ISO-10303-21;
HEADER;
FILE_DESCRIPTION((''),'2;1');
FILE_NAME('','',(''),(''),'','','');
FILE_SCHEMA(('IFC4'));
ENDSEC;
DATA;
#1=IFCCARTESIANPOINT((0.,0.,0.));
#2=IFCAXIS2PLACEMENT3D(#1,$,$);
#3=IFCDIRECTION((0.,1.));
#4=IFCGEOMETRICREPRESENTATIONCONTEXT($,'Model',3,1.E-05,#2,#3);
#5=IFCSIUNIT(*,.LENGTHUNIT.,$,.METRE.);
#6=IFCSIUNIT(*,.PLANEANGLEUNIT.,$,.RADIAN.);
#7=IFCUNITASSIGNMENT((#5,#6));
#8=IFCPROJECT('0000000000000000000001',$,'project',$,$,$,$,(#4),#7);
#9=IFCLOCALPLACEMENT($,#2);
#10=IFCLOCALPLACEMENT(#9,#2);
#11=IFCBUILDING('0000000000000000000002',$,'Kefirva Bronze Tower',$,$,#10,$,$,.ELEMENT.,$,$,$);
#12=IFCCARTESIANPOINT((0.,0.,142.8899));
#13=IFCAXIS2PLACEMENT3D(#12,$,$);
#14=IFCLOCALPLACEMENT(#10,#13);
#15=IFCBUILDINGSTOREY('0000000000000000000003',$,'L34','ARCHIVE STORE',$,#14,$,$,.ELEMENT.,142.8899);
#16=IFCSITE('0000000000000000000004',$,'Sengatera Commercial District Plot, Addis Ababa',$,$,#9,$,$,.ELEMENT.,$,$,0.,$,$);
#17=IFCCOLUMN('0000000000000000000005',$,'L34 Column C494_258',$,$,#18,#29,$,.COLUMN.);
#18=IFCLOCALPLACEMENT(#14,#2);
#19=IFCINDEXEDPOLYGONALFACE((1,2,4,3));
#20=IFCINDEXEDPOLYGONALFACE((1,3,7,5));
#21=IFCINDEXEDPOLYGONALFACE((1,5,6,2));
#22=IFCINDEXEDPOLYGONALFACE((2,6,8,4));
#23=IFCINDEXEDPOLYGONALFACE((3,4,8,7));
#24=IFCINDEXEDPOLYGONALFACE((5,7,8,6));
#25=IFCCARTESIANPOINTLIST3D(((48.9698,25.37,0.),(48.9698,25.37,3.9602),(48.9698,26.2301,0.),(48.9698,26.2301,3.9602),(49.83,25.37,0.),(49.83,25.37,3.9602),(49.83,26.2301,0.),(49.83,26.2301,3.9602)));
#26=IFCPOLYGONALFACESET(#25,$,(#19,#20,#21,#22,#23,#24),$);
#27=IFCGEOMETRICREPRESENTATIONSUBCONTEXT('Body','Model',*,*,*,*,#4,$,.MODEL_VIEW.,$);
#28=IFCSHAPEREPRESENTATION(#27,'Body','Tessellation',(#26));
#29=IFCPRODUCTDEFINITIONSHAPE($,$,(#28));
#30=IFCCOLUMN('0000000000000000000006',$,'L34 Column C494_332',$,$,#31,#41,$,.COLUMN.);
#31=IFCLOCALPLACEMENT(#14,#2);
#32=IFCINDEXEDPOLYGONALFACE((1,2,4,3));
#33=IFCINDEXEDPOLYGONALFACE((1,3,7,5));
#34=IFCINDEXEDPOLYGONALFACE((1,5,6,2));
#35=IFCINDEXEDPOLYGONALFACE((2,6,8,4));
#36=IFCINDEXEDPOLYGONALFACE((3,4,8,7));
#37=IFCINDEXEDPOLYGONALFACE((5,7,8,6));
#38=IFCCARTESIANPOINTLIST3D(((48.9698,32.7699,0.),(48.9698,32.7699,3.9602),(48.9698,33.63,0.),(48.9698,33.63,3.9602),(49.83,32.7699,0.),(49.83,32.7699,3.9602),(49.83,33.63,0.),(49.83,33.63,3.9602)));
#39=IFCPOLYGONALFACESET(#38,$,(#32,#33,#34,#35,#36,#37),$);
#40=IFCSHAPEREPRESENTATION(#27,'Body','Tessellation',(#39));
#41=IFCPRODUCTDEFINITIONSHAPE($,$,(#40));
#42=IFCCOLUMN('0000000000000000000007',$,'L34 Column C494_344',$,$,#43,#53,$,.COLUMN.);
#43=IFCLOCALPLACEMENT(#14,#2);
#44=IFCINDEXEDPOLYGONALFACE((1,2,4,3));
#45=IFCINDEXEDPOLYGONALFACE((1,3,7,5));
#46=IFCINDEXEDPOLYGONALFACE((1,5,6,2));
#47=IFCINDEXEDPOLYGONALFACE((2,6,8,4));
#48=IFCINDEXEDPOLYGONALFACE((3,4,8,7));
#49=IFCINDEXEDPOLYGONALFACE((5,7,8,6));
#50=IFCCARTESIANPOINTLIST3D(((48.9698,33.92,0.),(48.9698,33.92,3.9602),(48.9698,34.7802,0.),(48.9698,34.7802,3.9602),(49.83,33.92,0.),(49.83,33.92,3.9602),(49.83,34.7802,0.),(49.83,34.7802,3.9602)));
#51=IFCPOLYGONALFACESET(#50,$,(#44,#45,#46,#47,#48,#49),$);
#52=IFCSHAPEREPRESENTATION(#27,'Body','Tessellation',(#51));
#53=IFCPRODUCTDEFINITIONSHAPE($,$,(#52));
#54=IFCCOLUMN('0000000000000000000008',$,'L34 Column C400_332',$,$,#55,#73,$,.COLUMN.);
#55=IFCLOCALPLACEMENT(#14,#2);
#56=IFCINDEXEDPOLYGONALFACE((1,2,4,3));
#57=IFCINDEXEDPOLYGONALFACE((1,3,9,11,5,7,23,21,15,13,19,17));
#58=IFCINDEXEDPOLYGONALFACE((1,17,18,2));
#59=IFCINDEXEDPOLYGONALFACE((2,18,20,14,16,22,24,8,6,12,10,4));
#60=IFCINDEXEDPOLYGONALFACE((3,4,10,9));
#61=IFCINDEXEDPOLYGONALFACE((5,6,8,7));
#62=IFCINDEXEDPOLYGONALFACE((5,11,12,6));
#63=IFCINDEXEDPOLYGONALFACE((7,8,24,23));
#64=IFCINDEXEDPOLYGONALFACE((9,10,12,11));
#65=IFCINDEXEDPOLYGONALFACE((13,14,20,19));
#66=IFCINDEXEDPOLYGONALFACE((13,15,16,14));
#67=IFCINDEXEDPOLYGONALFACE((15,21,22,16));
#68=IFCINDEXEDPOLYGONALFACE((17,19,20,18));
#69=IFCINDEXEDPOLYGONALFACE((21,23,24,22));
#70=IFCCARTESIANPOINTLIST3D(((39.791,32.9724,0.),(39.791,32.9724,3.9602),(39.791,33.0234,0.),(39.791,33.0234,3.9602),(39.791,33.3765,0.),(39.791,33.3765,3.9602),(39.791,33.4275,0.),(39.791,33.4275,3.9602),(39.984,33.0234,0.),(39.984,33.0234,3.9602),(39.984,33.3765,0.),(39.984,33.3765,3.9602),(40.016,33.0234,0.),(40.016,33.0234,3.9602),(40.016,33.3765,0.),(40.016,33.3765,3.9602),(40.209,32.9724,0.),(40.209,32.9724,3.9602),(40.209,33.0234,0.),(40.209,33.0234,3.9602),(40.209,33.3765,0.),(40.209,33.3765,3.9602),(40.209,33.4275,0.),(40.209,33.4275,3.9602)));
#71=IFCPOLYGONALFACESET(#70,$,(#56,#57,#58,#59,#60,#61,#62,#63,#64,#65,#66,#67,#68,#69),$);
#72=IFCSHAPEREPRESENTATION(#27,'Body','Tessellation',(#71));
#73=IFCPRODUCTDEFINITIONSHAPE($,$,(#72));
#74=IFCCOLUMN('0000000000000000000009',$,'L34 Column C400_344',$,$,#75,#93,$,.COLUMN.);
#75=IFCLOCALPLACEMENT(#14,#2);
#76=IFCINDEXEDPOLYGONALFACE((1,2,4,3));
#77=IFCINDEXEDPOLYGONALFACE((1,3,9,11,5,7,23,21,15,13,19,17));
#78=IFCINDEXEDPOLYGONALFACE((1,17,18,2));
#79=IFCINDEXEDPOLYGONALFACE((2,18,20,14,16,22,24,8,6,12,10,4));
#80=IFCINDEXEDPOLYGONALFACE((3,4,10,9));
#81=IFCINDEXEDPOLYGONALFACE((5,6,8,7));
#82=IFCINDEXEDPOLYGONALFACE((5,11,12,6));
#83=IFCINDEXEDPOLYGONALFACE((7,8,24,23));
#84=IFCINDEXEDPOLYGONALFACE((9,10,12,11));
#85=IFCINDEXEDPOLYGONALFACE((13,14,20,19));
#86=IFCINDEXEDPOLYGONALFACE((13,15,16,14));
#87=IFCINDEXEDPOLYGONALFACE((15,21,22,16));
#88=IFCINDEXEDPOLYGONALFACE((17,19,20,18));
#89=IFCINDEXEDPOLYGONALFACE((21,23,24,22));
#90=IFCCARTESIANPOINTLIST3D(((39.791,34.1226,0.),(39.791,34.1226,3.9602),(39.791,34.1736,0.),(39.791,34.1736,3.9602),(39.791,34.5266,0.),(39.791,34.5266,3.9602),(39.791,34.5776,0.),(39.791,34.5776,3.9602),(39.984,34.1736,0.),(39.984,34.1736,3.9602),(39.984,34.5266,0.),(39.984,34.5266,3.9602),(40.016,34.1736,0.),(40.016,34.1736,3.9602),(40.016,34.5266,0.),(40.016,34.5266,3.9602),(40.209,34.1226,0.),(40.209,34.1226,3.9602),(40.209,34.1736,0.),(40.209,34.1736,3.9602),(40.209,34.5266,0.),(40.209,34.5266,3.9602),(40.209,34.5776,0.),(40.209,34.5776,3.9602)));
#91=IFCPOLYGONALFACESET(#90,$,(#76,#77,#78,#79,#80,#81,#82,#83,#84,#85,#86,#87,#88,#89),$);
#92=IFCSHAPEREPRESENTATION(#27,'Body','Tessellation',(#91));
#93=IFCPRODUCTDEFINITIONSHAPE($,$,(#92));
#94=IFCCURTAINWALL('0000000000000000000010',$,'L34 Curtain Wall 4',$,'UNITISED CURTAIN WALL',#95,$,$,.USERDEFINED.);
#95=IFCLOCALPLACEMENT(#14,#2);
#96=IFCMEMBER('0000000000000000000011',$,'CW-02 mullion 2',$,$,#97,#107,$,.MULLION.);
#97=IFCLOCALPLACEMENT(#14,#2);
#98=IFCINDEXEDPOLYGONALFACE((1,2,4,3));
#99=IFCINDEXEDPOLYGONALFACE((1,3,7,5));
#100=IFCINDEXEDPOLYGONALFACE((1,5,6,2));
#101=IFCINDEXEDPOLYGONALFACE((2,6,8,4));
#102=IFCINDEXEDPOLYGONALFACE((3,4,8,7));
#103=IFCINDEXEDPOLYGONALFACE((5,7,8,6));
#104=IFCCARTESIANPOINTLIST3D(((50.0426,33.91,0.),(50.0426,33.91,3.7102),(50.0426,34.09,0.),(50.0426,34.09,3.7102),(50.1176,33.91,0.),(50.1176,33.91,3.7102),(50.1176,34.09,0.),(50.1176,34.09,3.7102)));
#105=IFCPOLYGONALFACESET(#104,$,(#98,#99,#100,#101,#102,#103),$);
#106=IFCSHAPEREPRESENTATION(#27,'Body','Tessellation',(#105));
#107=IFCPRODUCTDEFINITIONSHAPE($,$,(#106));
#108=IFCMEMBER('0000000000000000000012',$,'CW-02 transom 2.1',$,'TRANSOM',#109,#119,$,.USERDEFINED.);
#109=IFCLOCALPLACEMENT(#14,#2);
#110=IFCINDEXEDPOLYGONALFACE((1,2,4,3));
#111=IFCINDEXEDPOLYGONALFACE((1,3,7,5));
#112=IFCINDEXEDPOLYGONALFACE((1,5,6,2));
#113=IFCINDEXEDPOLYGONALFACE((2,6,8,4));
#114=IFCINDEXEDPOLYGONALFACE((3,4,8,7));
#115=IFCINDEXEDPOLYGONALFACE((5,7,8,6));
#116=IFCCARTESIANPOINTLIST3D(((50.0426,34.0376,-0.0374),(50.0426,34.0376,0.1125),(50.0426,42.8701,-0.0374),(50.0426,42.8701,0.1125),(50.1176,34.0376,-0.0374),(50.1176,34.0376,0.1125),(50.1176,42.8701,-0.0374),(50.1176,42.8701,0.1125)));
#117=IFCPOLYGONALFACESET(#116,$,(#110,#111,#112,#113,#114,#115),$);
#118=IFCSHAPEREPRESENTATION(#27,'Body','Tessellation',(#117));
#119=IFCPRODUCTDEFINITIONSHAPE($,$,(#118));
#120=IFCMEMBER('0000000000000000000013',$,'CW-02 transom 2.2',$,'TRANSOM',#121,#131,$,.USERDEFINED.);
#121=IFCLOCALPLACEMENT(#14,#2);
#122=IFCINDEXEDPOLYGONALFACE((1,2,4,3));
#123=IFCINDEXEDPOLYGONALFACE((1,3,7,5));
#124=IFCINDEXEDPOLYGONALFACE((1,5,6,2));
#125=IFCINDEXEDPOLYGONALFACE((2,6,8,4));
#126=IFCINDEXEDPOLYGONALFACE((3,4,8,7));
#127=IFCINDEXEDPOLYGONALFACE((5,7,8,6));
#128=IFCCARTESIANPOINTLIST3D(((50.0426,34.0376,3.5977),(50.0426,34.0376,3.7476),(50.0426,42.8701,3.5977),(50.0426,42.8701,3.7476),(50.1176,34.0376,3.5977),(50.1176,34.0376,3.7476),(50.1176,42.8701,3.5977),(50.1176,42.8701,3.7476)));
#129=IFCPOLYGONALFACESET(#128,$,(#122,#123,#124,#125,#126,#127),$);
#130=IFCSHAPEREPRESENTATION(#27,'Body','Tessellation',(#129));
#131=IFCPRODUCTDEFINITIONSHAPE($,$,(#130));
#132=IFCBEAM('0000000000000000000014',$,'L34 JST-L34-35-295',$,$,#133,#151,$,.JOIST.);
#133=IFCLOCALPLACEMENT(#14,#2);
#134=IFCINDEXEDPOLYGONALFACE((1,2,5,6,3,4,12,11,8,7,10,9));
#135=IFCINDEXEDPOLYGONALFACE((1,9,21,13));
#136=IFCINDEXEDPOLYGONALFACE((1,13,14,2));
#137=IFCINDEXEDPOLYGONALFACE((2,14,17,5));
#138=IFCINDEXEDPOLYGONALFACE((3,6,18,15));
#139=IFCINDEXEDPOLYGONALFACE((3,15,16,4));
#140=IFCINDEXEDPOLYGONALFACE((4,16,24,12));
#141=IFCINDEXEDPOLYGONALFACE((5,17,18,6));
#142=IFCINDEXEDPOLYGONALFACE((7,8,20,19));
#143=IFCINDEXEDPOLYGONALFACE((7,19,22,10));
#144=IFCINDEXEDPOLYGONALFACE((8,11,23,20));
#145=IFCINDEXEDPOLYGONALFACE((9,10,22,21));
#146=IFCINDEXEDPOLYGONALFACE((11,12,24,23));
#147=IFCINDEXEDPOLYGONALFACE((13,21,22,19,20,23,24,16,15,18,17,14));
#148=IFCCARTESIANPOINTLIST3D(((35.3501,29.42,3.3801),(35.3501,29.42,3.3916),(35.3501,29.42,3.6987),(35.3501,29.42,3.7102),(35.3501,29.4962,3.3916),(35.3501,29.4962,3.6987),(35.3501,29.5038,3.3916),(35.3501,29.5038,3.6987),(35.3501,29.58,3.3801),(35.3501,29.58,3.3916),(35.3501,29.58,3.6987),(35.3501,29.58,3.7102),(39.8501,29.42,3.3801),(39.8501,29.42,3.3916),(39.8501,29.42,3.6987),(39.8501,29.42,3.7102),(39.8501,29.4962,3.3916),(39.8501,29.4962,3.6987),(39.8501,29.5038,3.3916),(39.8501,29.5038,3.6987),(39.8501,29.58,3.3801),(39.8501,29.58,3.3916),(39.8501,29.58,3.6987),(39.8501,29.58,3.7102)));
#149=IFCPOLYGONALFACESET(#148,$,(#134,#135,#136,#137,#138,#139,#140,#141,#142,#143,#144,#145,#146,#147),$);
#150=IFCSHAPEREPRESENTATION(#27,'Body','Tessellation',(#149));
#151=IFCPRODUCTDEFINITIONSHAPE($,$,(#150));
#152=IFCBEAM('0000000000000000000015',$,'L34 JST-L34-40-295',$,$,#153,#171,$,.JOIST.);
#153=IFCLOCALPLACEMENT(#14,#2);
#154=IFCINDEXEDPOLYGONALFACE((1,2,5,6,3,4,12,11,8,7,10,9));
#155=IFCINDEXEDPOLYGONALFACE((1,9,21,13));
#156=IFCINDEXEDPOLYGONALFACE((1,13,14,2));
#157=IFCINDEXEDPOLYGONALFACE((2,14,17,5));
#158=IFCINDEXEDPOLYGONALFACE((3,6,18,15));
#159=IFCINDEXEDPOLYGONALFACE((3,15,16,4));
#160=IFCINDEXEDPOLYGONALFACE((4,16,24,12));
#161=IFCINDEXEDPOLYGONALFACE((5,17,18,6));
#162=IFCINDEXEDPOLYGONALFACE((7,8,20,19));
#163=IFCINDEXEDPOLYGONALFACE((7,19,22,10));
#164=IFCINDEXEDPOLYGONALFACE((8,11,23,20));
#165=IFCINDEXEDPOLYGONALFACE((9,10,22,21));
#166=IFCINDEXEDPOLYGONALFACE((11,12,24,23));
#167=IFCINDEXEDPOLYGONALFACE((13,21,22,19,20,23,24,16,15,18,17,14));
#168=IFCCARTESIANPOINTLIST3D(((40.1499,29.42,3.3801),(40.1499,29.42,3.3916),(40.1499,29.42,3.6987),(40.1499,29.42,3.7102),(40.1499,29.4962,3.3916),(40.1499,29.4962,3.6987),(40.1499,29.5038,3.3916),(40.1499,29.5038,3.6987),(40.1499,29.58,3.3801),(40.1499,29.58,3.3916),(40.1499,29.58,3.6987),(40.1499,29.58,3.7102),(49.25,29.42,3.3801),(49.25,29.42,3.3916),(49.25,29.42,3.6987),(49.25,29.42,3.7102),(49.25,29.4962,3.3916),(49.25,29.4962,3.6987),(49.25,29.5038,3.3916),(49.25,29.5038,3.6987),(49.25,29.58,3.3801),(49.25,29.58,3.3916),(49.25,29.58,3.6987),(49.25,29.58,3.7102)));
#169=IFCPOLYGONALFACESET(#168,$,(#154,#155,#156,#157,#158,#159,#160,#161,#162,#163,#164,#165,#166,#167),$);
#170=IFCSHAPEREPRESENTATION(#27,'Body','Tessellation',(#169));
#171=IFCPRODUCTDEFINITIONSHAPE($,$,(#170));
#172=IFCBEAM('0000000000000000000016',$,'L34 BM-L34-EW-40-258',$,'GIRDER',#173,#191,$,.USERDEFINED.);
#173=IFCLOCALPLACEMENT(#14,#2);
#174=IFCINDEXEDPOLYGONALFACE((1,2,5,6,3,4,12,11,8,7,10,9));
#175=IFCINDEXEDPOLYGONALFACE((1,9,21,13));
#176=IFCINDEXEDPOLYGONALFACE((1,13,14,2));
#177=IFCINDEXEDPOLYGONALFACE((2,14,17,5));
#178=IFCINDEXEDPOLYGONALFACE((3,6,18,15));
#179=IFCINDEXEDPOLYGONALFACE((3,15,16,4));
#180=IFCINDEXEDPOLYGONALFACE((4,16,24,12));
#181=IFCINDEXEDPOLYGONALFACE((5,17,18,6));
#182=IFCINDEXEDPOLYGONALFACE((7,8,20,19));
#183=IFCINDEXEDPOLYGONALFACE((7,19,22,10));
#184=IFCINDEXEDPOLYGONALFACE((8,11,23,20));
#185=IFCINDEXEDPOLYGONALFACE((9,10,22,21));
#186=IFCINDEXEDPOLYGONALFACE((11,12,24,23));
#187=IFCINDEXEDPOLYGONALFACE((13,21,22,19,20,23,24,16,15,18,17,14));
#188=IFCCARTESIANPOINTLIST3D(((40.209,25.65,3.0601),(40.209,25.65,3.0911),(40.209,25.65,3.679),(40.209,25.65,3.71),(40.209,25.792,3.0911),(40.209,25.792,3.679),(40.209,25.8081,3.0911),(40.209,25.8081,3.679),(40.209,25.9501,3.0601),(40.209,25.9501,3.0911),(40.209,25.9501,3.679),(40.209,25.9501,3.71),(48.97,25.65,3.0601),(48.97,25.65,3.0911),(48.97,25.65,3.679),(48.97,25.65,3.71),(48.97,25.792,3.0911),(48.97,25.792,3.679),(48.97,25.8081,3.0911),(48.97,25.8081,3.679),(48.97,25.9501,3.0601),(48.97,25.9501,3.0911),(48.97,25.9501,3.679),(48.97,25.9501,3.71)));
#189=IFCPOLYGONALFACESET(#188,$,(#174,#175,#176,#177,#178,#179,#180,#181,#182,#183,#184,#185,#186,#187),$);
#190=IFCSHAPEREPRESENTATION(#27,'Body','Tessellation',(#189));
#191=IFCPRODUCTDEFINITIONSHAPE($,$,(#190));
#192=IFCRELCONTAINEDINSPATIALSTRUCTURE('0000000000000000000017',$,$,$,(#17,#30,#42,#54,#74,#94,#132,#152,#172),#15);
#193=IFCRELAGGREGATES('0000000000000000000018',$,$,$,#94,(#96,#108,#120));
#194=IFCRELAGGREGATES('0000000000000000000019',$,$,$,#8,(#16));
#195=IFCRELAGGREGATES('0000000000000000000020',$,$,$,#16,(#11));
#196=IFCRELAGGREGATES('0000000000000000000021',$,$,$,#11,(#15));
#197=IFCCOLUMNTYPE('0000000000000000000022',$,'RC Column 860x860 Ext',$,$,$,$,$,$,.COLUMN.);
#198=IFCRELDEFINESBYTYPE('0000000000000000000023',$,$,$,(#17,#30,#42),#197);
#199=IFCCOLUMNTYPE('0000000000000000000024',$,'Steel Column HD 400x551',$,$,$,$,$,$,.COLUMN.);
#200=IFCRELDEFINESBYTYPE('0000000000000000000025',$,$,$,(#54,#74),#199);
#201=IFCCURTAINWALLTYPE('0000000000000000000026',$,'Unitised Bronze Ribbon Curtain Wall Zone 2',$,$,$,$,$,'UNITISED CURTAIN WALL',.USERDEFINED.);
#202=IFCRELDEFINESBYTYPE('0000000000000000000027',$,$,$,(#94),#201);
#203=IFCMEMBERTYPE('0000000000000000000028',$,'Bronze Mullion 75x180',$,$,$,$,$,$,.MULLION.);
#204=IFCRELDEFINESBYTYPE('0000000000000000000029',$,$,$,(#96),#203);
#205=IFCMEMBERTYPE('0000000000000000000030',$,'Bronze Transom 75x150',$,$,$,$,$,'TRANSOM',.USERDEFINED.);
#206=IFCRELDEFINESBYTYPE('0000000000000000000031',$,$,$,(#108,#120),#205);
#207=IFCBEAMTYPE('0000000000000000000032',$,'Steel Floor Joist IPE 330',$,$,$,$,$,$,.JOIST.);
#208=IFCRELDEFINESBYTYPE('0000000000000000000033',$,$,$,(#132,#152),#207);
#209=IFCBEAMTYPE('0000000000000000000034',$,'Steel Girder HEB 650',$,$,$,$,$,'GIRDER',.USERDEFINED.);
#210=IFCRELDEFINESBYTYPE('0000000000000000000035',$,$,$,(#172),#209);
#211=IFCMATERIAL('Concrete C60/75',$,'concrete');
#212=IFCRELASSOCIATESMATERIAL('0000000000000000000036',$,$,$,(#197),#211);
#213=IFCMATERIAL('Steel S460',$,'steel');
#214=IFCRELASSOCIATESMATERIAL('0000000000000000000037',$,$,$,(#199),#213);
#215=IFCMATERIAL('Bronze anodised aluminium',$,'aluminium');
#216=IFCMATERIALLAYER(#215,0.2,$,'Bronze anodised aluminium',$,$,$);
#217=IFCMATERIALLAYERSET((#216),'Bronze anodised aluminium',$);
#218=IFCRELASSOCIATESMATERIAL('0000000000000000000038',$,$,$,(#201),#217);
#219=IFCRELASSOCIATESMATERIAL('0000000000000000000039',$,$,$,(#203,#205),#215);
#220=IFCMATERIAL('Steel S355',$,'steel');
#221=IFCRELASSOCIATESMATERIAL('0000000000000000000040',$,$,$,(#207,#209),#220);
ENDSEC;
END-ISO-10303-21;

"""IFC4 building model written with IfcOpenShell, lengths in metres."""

from ifc_helpers import new_model, si_unit, direction, frame, origin, origin_2d, place, context, subcontext, project, spatial, rectangle, i_section, extrude, material, layer, layer_set, material_profile, profile_set, type_object, element, aggregate, save


model = new_model("IFC4")

# Units and contexts
model_context = context("Model", 3, precision=1e-05, world=origin(), true_north=direction((0.0, 1.0)))
body_context = subcontext(model_context, "Body", "Model", "MODEL_VIEW")
ifc_project = project(units=[si_unit("LENGTHUNIT", "METRE"), si_unit("PLANEANGLEUNIT", "RADIAN")], contexts=[model_context])

# Site, building, storey
site_placement = place(None, origin())
site = spatial("IfcSite", under=ifc_project, at=site_placement, Name="Sengatera Commercial District Plot, Addis Ababa", CompositionType="ELEMENT", RefElevation=0.0)
building_placement = place(site_placement, origin())
building = spatial("IfcBuilding", under=site, at=building_placement, Name="Kefirva Bronze Tower", CompositionType="ELEMENT")
storey_placement = place(building_placement, frame((0.0, 0.0, 142.8899)))
storey = spatial("IfcBuildingStorey", under=building, at=storey_placement, Name="L34", Description="ARCHIVE STORE", CompositionType="ELEMENT", Elevation=142.8899)

# Columns
ifc_material_1 = material(Name="Concrete C60/75", Category="concrete")
ifc_material_profile_1 = material_profile(ifc_material_1, rectangle(XDim=0.8601, YDim=0.8601, at=origin_2d()), Name="RC 860x860")
ifc_profile_set_1 = profile_set([ifc_material_profile_1], Name="Concrete C60/75")
column_type_1 = type_object("IfcColumnType", Name="RC Column 860x860 Ext", PredefinedType="COLUMN", material=ifc_profile_set_1)
for number, where, z_axis, x_axis, name in (
    (1, (49.3999, 25.8, 0.0), (0.0, 0.0, 1.0), (1.0, 0.0, 0.0), "L34 Column C494_258"),
    (2, (49.3999, 33.2, 0.0), (0.0, 0.0, 1.0), (1.0, 0.0, 0.0), "L34 Column C494_332"),
    (3, (49.3999, 34.3501, 0.0), (0.0, 0.0, 1.0), (1.0, 0.0, 0.0), "L34 Column C494_344"),
):
    element("IfcColumn", number, at=place(storey_placement, frame(where, z_axis=z_axis, x_axis=x_axis)), inside=storey, type_object=column_type_1, Name=name, PredefinedType="COLUMN", context=body_context, shape_type="SweptSolid", body=[
        extrude(rectangle(XDim=0.8601, YDim=0.8601, at=origin_2d()), origin(), (0.0, 0.0, 1.0), 3.9602),
    ])
ifc_material_2 = material(Name="Steel S460", Category="steel")
ifc_material_profile_2 = material_profile(ifc_material_2, i_section(OverallWidth=0.418, OverallDepth=0.4551, WebThickness=0.032, FlangeThickness=0.051, at=origin_2d()), Name="HD 400x551")
ifc_profile_set_2 = profile_set([ifc_material_profile_2], Name="Steel S460")
column_type_2 = type_object("IfcColumnType", Name="Steel Column HD 400x551", PredefinedType="COLUMN", material=ifc_profile_set_2)
for number, where, z_axis, x_axis, name in (
    (4, (40.0, 33.2, 0.0), (0.0, 0.0, 1.0), (1.0, 0.0, 0.0), "L34 Column C400_332"),
    (5, (40.0, 34.3501, 0.0), (0.0, 0.0, 1.0), (1.0, 0.0, 0.0), "L34 Column C400_344"),
):
    element("IfcColumn", number, at=place(storey_placement, frame(where, z_axis=z_axis, x_axis=x_axis)), inside=storey, type_object=column_type_2, Name=name, PredefinedType="COLUMN", context=body_context, shape_type="SweptSolid", body=[
        extrude(i_section(OverallWidth=0.418, OverallDepth=0.4551, WebThickness=0.032, FlangeThickness=0.051, at=origin_2d()), origin(), (0.0, 0.0, 1.0), 3.9602),
    ])

# Curtain wall, members
ifc_material_3 = material(Name="Bronze anodised aluminium", Category="aluminium")
ifc_layer_1 = layer(ifc_material_3, 0.2, Name="Bronze anodised aluminium")
ifc_layer_set_1 = layer_set([ifc_layer_1], Name="Bronze anodised aluminium")
curtain_wall_type = type_object("IfcCurtainWallType", Name="Unitised Bronze Ribbon Curtain Wall Zone 2", ElementType="UNITISED CURTAIN WALL", PredefinedType="USERDEFINED", material=ifc_layer_set_1)
curtain_wall_placement = place(storey_placement, origin())
curtain_wall = element("IfcCurtainWall", 6, at=curtain_wall_placement, inside=storey, type_object=curtain_wall_type, Name="L34 Curtain Wall 4", ObjectType="UNITISED CURTAIN WALL", PredefinedType="USERDEFINED")
ifc_material_profile_3 = material_profile(ifc_material_3, rectangle(XDim=0.075, YDim=0.1799, at=origin_2d()), Name="ALU 75x180")
ifc_profile_set_3 = profile_set([ifc_material_profile_3], Name="Bronze anodised aluminium")
member_type_1 = type_object("IfcMemberType", Name="Bronze Mullion 75x180", PredefinedType="MULLION", material=ifc_profile_set_3)
member_1_placement = place(storey_placement, frame((50.0801, 34.0, 0.0), z_axis=(0.0, 0.0, 1.0), x_axis=(-1.0, 0.0, 0.0)))
member_1 = element("IfcMember", 7, at=member_1_placement, type_object=member_type_1, Name="CW-02 mullion 2", PredefinedType="MULLION", context=body_context, shape_type="SweptSolid", body=[
    extrude(rectangle(XDim=0.075, YDim=0.1799, at=origin_2d()), origin(), (0.0, 0.0, 1.0), 3.7102),
])
ifc_material_profile_4 = material_profile(ifc_material_3, rectangle(XDim=0.075, YDim=0.1499, at=origin_2d()), Name="ALU 75x150")
ifc_profile_set_4 = profile_set([ifc_material_profile_4], Name="Bronze anodised aluminium")
member_type_2 = type_object("IfcMemberType", Name="Bronze Transom 75x150", ElementType="TRANSOM", PredefinedType="USERDEFINED", material=ifc_profile_set_4)
member_2_placement = place(storey_placement, frame((50.0801, 34.0376, 0.0376), z_axis=(0.0, 1.0, 0.0), x_axis=(-1.0, 0.0, 0.0)))
member_2 = element("IfcMember", 8, at=member_2_placement, type_object=member_type_2, Name="CW-02 transom 2.1", ObjectType="TRANSOM", PredefinedType="USERDEFINED", context=body_context, shape_type="SweptSolid", body=[
    extrude(rectangle(XDim=0.075, YDim=0.1499, at=origin_2d()), origin(), (0.0, 0.0, 1.0), 8.8325),
])
member_3_placement = place(storey_placement, frame((50.0801, 34.0376, 3.6726), z_axis=(0.0, 1.0, 0.0), x_axis=(-1.0, 0.0, 0.0)))
member_3 = element("IfcMember", 9, at=member_3_placement, type_object=member_type_2, Name="CW-02 transom 2.2", ObjectType="TRANSOM", PredefinedType="USERDEFINED", context=body_context, shape_type="SweptSolid", body=[
    extrude(rectangle(XDim=0.075, YDim=0.1499, at=origin_2d()), origin(), (0.0, 0.0, 1.0), 8.8325),
])

# Beams
ifc_material_4 = material(Name="Steel S355", Category="steel")
ifc_material_profile_5 = material_profile(ifc_material_4, i_section(OverallWidth=0.1599, OverallDepth=0.3301, WebThickness=0.0076, FlangeThickness=0.0115, at=origin_2d()), Name="IPE 330")
ifc_profile_set_5 = profile_set([ifc_material_profile_5], Name="Steel S355")
beam_type_1 = type_object("IfcBeamType", Name="Steel Floor Joist IPE 330", PredefinedType="JOIST", material=ifc_profile_set_5)
beam_1_placement = place(storey_placement, frame((35.3501, 29.5, 3.5452), z_axis=(1.0, 0.0, 0.0), x_axis=(0.0, 1.0, 0.0)))
element("IfcBeam", 10, at=beam_1_placement, inside=storey, type_object=beam_type_1, Name="L34 JST-L34-35-295", PredefinedType="JOIST", context=body_context, shape_type="SweptSolid", body=[
    extrude(i_section(OverallWidth=0.1599, OverallDepth=0.3301, WebThickness=0.0076, FlangeThickness=0.0115, at=origin_2d()), origin(), (0.0, 0.0, 1.0), 4.5),
])
beam_2_placement = place(storey_placement, frame((40.1499, 29.5, 3.5452), z_axis=(1.0, 0.0, 0.0), x_axis=(0.0, 1.0, 0.0)))
element("IfcBeam", 11, at=beam_2_placement, inside=storey, type_object=beam_type_1, Name="L34 JST-L34-40-295", PredefinedType="JOIST", context=body_context, shape_type="SweptSolid", body=[
    extrude(i_section(OverallWidth=0.1599, OverallDepth=0.3301, WebThickness=0.0076, FlangeThickness=0.0115, at=origin_2d()), origin(), (0.0, 0.0, 1.0), 9.1001),
])
ifc_material_profile_6 = material_profile(ifc_material_4, i_section(OverallWidth=0.3, OverallDepth=0.6499, WebThickness=0.0161, FlangeThickness=0.031, at=origin_2d()), Name="HEB 650")
ifc_profile_set_6 = profile_set([ifc_material_profile_6], Name="Steel S355")
beam_type_2 = type_object("IfcBeamType", Name="Steel Girder HEB 650", ElementType="GIRDER", PredefinedType="USERDEFINED", material=ifc_profile_set_6)
beam_3_placement = place(storey_placement, frame((40.209, 25.8, 3.385), z_axis=(1.0, 0.0, 0.0), x_axis=(0.0, 1.0, 0.0)))
element("IfcBeam", 12, at=beam_3_placement, inside=storey, type_object=beam_type_2, Name="L34 BM-L34-EW-40-258", ObjectType="GIRDER", PredefinedType="USERDEFINED", context=body_context, shape_type="SweptSolid", body=[
    extrude(i_section(OverallWidth=0.3, OverallDepth=0.6499, WebThickness=0.0161, FlangeThickness=0.031, at=origin_2d()), origin(), (0.0, 0.0, 1.0), 8.761),
])

aggregate(curtain_wall, [member_1, member_2, member_3])

save(model, "model.ifc")
